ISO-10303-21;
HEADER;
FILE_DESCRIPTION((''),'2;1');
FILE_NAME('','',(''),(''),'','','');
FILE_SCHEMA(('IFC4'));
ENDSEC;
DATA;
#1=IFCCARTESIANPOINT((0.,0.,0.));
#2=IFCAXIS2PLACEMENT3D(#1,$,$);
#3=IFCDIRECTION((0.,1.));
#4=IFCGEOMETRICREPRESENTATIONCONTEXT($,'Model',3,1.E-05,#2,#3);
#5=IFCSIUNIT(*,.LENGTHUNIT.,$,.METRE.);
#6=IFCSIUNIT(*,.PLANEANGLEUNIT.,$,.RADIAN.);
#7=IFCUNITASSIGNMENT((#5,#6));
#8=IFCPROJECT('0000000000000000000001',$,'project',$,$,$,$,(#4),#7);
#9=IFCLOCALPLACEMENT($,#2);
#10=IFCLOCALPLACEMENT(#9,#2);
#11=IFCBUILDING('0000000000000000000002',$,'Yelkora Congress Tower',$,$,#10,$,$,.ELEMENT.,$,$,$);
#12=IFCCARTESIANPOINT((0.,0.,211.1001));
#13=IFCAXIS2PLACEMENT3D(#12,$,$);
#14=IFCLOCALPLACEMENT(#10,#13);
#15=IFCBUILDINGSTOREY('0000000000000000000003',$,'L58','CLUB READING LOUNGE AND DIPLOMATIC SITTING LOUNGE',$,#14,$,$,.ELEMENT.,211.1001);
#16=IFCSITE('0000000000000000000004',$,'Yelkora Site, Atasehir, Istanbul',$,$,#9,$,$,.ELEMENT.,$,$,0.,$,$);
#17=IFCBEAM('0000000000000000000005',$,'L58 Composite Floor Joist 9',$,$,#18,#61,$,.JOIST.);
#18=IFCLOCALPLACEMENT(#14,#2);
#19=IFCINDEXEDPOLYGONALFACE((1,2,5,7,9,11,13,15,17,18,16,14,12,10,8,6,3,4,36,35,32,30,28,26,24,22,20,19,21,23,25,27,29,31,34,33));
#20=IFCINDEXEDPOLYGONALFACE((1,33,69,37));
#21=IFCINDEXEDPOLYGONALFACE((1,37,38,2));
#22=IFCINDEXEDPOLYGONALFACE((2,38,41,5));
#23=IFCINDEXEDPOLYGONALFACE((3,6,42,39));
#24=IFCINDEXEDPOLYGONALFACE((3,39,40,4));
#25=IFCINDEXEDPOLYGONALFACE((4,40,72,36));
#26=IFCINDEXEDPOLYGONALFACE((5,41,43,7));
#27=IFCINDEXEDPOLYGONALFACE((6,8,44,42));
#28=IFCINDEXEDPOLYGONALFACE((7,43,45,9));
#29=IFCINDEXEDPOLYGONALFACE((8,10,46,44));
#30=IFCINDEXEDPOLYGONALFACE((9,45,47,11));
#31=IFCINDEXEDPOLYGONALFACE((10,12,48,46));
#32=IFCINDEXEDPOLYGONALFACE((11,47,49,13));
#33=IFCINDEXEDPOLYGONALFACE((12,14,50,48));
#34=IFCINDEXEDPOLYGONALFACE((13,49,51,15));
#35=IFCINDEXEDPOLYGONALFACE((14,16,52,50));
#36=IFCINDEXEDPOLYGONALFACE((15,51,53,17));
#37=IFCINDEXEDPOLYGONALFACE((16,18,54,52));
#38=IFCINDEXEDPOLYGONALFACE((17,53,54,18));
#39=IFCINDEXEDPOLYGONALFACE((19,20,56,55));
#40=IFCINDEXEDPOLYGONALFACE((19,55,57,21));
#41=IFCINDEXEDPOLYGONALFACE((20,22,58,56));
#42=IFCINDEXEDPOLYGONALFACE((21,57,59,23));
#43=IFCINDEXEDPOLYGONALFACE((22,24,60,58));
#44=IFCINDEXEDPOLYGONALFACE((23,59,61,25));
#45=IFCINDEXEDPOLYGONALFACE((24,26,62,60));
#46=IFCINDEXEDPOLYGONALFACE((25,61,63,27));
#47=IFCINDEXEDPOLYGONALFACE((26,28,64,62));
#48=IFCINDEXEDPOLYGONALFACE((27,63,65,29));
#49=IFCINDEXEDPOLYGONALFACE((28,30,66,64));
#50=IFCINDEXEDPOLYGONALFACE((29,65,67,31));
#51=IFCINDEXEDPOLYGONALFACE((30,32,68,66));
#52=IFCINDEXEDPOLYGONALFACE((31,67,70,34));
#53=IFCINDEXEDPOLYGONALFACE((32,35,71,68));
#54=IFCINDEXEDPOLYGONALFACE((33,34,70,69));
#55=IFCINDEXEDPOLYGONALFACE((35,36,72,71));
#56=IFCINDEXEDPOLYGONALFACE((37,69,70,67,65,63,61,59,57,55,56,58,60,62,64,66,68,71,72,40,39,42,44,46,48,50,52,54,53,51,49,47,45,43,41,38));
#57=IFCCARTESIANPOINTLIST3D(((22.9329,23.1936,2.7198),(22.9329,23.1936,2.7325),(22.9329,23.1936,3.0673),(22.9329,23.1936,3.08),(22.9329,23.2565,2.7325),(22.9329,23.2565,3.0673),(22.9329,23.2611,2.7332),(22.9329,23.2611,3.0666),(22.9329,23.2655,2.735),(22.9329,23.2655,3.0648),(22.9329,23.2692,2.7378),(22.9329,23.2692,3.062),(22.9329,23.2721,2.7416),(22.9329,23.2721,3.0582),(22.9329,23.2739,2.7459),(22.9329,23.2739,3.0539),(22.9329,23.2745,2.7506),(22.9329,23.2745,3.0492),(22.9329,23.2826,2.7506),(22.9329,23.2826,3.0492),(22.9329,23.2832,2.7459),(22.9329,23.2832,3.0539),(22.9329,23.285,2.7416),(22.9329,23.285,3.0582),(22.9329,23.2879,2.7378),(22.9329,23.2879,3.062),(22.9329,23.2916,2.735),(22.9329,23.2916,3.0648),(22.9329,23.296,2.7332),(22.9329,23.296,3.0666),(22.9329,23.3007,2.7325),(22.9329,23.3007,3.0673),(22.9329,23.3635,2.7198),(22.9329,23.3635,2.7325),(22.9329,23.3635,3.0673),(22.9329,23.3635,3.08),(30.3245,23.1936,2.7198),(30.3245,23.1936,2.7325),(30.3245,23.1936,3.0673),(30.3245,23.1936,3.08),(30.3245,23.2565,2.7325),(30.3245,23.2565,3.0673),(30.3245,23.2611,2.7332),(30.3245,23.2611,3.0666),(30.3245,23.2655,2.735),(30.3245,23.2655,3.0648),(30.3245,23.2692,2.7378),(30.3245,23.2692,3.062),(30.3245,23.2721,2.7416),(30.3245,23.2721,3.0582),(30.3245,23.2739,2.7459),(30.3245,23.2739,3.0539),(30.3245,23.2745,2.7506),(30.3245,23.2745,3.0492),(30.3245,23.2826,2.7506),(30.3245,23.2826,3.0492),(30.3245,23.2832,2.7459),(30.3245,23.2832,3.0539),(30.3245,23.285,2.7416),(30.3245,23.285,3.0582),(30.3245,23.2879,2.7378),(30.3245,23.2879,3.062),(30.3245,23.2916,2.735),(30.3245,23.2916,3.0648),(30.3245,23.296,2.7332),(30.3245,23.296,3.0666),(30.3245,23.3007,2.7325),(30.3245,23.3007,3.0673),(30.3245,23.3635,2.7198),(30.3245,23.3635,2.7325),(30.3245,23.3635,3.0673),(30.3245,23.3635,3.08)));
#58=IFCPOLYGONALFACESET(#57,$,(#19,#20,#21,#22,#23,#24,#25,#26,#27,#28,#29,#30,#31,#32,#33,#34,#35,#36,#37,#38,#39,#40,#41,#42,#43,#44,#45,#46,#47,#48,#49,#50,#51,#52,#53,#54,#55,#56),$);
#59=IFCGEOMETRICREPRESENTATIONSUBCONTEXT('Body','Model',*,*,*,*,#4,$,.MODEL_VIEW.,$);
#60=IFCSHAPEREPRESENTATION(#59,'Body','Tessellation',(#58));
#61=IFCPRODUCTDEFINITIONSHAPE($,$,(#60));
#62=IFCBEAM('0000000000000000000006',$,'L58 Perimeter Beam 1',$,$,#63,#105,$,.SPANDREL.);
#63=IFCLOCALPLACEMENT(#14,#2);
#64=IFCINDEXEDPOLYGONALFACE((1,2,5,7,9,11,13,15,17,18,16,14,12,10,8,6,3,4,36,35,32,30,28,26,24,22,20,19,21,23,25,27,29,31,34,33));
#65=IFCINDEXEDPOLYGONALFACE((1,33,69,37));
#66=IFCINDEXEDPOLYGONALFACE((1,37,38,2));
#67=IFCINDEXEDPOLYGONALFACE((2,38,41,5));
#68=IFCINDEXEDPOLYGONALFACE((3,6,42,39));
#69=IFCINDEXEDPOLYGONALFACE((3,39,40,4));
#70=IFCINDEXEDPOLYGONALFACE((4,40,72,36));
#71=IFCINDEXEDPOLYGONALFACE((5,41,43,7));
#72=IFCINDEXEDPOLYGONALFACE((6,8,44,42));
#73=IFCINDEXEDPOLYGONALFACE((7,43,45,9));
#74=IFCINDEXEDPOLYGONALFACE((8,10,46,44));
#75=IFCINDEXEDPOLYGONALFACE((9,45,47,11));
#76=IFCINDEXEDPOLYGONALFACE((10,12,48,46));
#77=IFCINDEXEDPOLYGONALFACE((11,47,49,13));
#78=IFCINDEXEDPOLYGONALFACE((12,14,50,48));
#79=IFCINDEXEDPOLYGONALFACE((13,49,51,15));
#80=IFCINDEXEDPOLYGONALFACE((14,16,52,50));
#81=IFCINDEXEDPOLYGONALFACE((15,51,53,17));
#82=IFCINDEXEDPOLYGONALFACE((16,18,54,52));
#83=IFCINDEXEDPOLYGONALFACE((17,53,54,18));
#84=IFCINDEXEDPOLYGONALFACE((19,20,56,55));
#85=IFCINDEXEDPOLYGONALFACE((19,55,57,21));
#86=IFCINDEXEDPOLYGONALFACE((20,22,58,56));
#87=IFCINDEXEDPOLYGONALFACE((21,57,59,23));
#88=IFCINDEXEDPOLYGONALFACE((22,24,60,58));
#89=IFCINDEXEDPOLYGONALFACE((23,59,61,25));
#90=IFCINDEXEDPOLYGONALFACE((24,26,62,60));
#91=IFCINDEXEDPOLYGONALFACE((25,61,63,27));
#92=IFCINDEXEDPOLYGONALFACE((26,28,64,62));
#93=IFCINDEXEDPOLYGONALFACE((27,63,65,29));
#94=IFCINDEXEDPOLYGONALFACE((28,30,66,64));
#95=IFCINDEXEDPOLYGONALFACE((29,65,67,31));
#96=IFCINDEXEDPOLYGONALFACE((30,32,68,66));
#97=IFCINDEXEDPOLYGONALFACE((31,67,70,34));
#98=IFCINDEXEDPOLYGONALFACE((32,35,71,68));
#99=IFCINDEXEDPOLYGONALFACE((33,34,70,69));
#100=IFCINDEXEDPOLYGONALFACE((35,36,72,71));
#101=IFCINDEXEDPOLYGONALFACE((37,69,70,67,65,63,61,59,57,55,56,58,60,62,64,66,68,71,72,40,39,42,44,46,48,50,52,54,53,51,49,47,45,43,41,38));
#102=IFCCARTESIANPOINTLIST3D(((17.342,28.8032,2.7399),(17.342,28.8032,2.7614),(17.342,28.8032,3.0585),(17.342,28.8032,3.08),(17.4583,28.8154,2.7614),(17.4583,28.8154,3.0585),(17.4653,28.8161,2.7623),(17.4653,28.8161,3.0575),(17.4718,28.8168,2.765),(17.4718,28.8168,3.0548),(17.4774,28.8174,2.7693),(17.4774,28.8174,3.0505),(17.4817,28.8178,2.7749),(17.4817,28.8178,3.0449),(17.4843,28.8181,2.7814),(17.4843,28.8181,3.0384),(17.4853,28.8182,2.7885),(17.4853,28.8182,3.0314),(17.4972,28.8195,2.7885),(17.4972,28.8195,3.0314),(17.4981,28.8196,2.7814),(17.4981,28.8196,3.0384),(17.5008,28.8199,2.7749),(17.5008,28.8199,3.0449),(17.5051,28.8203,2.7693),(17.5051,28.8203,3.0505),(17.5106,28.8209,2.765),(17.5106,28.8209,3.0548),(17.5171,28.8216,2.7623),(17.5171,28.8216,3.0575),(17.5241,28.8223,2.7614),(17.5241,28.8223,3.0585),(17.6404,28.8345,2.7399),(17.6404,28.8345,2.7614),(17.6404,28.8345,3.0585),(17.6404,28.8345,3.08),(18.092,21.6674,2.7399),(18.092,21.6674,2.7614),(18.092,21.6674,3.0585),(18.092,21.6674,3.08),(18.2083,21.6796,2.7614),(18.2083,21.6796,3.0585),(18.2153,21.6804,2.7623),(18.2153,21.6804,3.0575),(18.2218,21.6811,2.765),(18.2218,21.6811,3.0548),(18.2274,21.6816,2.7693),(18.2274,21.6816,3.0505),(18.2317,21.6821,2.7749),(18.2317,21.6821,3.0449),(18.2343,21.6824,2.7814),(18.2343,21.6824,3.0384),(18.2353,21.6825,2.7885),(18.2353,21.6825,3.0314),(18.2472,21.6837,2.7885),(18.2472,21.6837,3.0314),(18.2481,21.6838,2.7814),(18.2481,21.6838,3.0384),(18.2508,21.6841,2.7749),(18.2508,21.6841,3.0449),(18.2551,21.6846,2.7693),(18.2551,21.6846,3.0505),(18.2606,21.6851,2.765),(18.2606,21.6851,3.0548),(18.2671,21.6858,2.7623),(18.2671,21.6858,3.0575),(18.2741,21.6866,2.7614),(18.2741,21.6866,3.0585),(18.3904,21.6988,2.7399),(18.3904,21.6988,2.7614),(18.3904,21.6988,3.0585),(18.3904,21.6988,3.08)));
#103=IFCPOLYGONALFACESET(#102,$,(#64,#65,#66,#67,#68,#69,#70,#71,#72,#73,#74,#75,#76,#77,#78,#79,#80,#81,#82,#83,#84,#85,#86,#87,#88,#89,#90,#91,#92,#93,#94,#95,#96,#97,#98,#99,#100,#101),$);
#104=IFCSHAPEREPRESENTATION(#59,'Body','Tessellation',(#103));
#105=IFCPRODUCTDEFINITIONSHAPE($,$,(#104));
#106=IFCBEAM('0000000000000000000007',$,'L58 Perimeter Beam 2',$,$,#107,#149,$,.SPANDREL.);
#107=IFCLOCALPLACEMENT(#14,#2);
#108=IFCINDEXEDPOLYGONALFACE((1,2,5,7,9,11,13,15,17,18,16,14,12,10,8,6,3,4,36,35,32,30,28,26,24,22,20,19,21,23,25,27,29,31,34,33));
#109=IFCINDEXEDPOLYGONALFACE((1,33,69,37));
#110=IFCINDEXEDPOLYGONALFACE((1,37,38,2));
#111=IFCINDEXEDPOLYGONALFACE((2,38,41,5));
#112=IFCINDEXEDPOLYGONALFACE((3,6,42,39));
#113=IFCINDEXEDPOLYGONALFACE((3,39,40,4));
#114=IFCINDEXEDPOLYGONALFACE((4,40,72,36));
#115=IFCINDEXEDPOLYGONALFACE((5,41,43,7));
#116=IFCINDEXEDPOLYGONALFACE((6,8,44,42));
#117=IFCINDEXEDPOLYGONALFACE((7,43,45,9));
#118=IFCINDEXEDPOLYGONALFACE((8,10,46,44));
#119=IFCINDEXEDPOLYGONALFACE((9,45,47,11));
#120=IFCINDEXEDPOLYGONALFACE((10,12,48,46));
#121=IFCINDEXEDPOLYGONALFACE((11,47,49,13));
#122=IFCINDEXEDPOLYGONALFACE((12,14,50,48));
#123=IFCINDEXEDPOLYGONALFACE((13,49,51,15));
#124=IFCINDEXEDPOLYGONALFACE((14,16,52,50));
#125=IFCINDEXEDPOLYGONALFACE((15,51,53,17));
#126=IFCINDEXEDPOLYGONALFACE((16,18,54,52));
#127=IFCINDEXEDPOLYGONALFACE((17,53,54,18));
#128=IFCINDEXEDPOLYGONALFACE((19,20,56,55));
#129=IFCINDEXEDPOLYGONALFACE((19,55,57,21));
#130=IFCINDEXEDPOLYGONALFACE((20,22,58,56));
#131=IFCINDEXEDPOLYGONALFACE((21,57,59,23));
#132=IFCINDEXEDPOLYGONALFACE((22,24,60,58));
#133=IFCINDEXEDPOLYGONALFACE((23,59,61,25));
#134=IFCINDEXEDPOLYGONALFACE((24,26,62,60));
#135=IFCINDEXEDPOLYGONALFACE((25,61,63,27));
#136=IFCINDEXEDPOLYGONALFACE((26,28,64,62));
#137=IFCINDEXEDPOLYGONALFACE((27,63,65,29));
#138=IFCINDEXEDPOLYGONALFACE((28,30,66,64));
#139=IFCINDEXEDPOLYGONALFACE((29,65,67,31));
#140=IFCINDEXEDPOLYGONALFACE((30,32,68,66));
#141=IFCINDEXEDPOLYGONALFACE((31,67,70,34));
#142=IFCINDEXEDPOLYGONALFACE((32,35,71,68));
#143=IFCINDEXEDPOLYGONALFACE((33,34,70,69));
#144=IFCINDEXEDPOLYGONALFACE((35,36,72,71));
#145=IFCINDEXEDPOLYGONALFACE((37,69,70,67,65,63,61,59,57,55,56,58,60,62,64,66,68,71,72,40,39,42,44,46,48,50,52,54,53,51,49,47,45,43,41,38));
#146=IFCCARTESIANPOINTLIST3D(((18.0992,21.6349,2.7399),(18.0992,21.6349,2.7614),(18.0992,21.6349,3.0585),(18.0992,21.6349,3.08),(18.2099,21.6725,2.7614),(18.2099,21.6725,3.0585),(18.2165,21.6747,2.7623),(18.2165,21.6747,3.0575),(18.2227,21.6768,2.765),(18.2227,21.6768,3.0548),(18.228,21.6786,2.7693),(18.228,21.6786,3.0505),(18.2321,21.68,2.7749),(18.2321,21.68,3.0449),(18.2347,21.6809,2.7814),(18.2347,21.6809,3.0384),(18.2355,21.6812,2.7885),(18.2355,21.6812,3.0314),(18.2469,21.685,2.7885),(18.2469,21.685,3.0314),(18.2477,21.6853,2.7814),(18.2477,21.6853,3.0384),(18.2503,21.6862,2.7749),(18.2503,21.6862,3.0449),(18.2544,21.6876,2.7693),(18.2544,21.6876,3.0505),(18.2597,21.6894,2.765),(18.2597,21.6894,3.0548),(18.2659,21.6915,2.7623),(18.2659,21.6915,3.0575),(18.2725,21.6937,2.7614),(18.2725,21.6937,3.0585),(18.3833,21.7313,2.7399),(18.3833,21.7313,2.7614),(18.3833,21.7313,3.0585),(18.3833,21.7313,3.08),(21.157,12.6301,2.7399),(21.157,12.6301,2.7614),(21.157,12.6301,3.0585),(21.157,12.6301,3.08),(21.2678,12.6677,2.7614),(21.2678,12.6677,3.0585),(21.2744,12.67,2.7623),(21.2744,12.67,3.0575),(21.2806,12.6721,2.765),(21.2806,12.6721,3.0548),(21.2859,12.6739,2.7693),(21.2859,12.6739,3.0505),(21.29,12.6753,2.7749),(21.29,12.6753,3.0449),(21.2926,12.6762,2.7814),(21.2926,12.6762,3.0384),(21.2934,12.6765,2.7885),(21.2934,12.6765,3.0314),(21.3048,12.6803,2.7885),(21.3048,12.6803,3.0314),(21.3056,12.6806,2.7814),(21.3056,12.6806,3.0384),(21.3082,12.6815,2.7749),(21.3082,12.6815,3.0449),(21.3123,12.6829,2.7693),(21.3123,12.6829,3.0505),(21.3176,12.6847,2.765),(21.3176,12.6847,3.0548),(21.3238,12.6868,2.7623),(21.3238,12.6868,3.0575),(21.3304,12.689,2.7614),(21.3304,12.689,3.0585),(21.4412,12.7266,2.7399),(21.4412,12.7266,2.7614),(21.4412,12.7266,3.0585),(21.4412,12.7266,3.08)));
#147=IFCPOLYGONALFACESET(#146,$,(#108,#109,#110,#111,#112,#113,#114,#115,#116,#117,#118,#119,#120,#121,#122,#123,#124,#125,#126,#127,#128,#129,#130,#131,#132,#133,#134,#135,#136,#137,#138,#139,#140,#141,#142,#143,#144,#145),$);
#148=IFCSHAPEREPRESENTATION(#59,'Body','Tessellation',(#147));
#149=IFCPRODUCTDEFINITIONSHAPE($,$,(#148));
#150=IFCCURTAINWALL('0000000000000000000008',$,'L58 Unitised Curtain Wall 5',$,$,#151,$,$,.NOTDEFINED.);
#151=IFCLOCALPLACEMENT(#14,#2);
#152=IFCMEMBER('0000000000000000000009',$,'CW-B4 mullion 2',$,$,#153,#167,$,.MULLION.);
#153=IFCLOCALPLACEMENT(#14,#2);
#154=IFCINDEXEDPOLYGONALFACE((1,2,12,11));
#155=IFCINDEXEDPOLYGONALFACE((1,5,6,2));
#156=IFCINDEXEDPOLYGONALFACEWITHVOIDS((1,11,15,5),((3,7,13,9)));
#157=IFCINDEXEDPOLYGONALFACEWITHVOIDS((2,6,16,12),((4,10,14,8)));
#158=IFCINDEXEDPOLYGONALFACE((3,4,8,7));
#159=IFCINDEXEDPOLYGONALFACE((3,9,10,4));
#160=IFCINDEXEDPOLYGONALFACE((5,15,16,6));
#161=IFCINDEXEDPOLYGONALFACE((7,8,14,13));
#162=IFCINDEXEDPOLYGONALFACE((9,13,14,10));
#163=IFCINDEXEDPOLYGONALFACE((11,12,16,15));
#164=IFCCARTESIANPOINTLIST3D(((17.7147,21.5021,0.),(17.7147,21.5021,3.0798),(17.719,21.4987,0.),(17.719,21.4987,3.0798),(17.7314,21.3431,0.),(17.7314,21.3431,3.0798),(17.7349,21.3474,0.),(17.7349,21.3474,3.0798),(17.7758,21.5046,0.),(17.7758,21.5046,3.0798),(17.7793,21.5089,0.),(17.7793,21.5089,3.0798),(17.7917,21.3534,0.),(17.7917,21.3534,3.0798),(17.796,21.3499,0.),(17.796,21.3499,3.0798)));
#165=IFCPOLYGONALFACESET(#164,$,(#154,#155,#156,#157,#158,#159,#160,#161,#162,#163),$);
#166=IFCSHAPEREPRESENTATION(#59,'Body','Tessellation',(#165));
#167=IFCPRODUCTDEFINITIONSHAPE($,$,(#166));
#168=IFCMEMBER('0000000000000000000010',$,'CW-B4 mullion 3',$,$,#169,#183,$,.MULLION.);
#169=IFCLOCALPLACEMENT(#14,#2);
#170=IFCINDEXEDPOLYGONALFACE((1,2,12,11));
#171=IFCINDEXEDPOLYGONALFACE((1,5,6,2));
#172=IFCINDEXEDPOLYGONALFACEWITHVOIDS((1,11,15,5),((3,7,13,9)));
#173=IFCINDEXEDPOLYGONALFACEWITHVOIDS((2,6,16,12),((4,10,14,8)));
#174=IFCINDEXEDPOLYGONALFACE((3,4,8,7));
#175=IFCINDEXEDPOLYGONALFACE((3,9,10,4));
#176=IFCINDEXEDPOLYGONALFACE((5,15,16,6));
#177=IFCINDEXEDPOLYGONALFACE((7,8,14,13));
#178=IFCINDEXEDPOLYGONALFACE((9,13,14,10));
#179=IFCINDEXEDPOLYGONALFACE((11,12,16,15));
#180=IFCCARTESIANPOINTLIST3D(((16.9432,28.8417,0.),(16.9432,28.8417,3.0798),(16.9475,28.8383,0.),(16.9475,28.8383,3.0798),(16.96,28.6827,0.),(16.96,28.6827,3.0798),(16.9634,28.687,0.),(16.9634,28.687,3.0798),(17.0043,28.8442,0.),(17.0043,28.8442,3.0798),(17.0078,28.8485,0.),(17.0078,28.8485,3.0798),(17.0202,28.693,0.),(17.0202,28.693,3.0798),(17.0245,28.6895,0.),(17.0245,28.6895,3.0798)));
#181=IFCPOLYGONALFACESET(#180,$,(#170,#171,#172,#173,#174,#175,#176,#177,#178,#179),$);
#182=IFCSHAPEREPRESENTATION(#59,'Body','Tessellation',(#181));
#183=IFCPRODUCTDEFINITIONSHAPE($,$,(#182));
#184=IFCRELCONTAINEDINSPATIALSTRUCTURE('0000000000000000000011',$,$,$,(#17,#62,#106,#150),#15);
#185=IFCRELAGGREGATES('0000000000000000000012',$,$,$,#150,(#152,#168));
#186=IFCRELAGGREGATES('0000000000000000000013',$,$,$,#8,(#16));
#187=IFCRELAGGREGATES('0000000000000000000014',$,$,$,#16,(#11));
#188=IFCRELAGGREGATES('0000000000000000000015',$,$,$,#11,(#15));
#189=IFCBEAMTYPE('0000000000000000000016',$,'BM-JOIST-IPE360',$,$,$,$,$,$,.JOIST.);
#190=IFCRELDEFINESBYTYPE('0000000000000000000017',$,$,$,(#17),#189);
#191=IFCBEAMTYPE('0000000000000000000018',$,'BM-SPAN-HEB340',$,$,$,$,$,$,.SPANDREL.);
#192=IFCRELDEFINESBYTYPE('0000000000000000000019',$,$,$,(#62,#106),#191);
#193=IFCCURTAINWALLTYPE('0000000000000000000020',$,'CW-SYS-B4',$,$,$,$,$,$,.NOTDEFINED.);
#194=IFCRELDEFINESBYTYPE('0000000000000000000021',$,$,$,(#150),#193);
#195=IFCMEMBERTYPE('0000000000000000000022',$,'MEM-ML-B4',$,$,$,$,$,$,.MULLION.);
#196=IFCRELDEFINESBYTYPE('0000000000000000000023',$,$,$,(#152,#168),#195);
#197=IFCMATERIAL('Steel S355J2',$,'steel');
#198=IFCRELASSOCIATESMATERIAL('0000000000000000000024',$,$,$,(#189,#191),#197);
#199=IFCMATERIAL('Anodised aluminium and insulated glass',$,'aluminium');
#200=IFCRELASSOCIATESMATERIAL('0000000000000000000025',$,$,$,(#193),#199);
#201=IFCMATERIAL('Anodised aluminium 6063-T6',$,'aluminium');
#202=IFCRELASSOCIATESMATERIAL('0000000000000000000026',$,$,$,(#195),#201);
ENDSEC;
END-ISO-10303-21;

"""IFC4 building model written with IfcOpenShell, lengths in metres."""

from ifc_helpers import new_model, si_unit, direction, frame, origin, origin_2d, place, context, subcontext, project, spatial, hollow_rectangle, i_section, extrude, material, material_profile, profile_set, type_object, element, aggregate, save


model = new_model("IFC4")

# Units and contexts
model_context = context("Model", 3, precision=1e-05, world=origin(), true_north=direction((0.0, 1.0)))
body_context = subcontext(model_context, "Body", "Model", "MODEL_VIEW")
ifc_project = project(units=[si_unit("LENGTHUNIT", "METRE"), si_unit("PLANEANGLEUNIT", "RADIAN")], contexts=[model_context])

# Site, building, storey
site_placement = place(None, origin())
site = spatial("IfcSite", under=ifc_project, at=site_placement, Name="Yelkora Site, Atasehir, Istanbul", CompositionType="ELEMENT", RefElevation=0.0)
building_placement = place(site_placement, origin())
building = spatial("IfcBuilding", under=site, at=building_placement, Name="Yelkora Congress Tower", CompositionType="ELEMENT")
storey_placement = place(building_placement, frame((0.0, 0.0, 211.1001)))
storey = spatial("IfcBuildingStorey", under=building, at=storey_placement, Name="L58", Description="CLUB READING LOUNGE AND DIPLOMATIC SITTING LOUNGE", CompositionType="ELEMENT", Elevation=211.1001)

# Shared definitions
ifc_material_1 = material(Name="Steel S355J2", Category="steel")

# Beams
ifc_material_profile_1 = material_profile(ifc_material_1, i_section(OverallWidth=0.1699, OverallDepth=0.3601, WebThickness=0.0081, FlangeThickness=0.0127, FilletRadius=0.0181, at=origin_2d()), Name="IPE 360")
ifc_profile_set_1 = profile_set([ifc_material_profile_1], Name="Steel S355J2")
beam_type_1 = type_object("IfcBeamType", Name="BM-JOIST-IPE360", PredefinedType="JOIST", material=ifc_profile_set_1)
beam_1_placement = place(storey_placement, frame((22.9329, 23.2786, 2.8999), z_axis=(1.0, 0.0, 0.0), x_axis=(0.0, 1.0, 0.0)))
element("IfcBeam", 1, at=beam_1_placement, inside=storey, type_object=beam_type_1, Name="L58 Composite Floor Joist 9", PredefinedType="JOIST", context=body_context, shape_type="SweptSolid", body=[
    extrude(i_section(OverallWidth=0.1699, OverallDepth=0.3601, WebThickness=0.0081, FlangeThickness=0.0127, FilletRadius=0.0181, at=origin_2d()), origin(), (0.0, 0.0, 1.0), 7.3916),
])
ifc_material_profile_2 = material_profile(ifc_material_1, i_section(OverallWidth=0.3, OverallDepth=0.3401, WebThickness=0.012, FlangeThickness=0.0215, FilletRadius=0.0271, at=origin_2d()), Name="HEB 340")
ifc_profile_set_2 = profile_set([ifc_material_profile_2], Name="Steel S355J2")
beam_type_2 = type_object("IfcBeamType", Name="BM-SPAN-HEB340", PredefinedType="SPANDREL", material=ifc_profile_set_2)
beam_2_placement = place(storey_placement, frame((17.4912, 28.8188, 2.9099), z_axis=(0.104529, -0.994522, 0.0), x_axis=(0.994522, 0.104529, 0.0)))
element("IfcBeam", 2, at=beam_2_placement, inside=storey, type_object=beam_type_2, Name="L58 Perimeter Beam 1", PredefinedType="SPANDREL", context=body_context, shape_type="SweptSolid", body=[
    extrude(i_section(OverallWidth=0.3, OverallDepth=0.3401, WebThickness=0.012, FlangeThickness=0.0215, FilletRadius=0.0271, at=origin_2d()), origin(), (0.0, 0.0, 1.0), 7.175),
])
beam_3_placement = place(storey_placement, frame((18.2412, 21.6831, 2.9099), z_axis=(0.321552, -0.946892, 0.0), x_axis=(0.946892, 0.321552, 0.0)))
element("IfcBeam", 3, at=beam_3_placement, inside=storey, type_object=beam_type_2, Name="L58 Perimeter Beam 2", PredefinedType="SPANDREL", context=body_context, shape_type="SweptSolid", body=[
    extrude(i_section(OverallWidth=0.3, OverallDepth=0.3401, WebThickness=0.012, FlangeThickness=0.0215, FilletRadius=0.0271, at=origin_2d()), origin(), (0.0, 0.0, 1.0), 9.5098),
])

# Curtain wall, members
ifc_material_2 = material(Name="Anodised aluminium and insulated glass", Category="aluminium")
curtain_wall_type = type_object("IfcCurtainWallType", Name="CW-SYS-B4", PredefinedType="NOTDEFINED", material=ifc_material_2)
curtain_wall_placement = place(storey_placement, origin())
curtain_wall = element("IfcCurtainWall", 4, at=curtain_wall_placement, inside=storey, type_object=curtain_wall_type, Name="L58 Unitised Curtain Wall 5", PredefinedType="NOTDEFINED")
ifc_material_3 = material(Name="Anodised aluminium 6063-T6", Category="aluminium")
ifc_material_profile_3 = material_profile(ifc_material_3, hollow_rectangle(XDim=0.0649, YDim=0.1599, WallThickness=0.0039, at=origin_2d()), Name="ALU 65x160x4")
ifc_profile_set_3 = profile_set([ifc_material_profile_3], Name="Anodised aluminium 6063-T6")
member_type_1 = type_object("IfcMemberType", Name="MEM-ML-B4", PredefinedType="MULLION", material=ifc_profile_set_3)
member_1_placement = place(storey_placement, frame((17.7554, 21.426, 0.0), z_axis=(0.0, 0.0, 1.0), x_axis=(-0.994522, -0.104526, 0.0)))
member_1 = element("IfcMember", 5, at=member_1_placement, type_object=member_type_1, Name="CW-B4 mullion 2", PredefinedType="MULLION", context=body_context, shape_type="SweptSolid", body=[
    extrude(hollow_rectangle(XDim=0.0649, YDim=0.1599, WallThickness=0.0039, at=origin_2d()), origin(), (0.0, 0.0, 1.0), 3.0798),
])
member_2_placement = place(storey_placement, frame((16.9839, 28.7656, 0.0), z_axis=(0.0, 0.0, 1.0), x_axis=(-0.994522, -0.104526, 0.0)))
member_2 = element("IfcMember", 6, at=member_2_placement, type_object=member_type_1, Name="CW-B4 mullion 3", PredefinedType="MULLION", context=body_context, shape_type="SweptSolid", body=[
    extrude(hollow_rectangle(XDim=0.0649, YDim=0.1599, WallThickness=0.0039, at=origin_2d()), origin(), (0.0, 0.0, 1.0), 3.0798),
])
aggregate(curtain_wall, [member_1, member_2])

save(model, "model.ifc")
